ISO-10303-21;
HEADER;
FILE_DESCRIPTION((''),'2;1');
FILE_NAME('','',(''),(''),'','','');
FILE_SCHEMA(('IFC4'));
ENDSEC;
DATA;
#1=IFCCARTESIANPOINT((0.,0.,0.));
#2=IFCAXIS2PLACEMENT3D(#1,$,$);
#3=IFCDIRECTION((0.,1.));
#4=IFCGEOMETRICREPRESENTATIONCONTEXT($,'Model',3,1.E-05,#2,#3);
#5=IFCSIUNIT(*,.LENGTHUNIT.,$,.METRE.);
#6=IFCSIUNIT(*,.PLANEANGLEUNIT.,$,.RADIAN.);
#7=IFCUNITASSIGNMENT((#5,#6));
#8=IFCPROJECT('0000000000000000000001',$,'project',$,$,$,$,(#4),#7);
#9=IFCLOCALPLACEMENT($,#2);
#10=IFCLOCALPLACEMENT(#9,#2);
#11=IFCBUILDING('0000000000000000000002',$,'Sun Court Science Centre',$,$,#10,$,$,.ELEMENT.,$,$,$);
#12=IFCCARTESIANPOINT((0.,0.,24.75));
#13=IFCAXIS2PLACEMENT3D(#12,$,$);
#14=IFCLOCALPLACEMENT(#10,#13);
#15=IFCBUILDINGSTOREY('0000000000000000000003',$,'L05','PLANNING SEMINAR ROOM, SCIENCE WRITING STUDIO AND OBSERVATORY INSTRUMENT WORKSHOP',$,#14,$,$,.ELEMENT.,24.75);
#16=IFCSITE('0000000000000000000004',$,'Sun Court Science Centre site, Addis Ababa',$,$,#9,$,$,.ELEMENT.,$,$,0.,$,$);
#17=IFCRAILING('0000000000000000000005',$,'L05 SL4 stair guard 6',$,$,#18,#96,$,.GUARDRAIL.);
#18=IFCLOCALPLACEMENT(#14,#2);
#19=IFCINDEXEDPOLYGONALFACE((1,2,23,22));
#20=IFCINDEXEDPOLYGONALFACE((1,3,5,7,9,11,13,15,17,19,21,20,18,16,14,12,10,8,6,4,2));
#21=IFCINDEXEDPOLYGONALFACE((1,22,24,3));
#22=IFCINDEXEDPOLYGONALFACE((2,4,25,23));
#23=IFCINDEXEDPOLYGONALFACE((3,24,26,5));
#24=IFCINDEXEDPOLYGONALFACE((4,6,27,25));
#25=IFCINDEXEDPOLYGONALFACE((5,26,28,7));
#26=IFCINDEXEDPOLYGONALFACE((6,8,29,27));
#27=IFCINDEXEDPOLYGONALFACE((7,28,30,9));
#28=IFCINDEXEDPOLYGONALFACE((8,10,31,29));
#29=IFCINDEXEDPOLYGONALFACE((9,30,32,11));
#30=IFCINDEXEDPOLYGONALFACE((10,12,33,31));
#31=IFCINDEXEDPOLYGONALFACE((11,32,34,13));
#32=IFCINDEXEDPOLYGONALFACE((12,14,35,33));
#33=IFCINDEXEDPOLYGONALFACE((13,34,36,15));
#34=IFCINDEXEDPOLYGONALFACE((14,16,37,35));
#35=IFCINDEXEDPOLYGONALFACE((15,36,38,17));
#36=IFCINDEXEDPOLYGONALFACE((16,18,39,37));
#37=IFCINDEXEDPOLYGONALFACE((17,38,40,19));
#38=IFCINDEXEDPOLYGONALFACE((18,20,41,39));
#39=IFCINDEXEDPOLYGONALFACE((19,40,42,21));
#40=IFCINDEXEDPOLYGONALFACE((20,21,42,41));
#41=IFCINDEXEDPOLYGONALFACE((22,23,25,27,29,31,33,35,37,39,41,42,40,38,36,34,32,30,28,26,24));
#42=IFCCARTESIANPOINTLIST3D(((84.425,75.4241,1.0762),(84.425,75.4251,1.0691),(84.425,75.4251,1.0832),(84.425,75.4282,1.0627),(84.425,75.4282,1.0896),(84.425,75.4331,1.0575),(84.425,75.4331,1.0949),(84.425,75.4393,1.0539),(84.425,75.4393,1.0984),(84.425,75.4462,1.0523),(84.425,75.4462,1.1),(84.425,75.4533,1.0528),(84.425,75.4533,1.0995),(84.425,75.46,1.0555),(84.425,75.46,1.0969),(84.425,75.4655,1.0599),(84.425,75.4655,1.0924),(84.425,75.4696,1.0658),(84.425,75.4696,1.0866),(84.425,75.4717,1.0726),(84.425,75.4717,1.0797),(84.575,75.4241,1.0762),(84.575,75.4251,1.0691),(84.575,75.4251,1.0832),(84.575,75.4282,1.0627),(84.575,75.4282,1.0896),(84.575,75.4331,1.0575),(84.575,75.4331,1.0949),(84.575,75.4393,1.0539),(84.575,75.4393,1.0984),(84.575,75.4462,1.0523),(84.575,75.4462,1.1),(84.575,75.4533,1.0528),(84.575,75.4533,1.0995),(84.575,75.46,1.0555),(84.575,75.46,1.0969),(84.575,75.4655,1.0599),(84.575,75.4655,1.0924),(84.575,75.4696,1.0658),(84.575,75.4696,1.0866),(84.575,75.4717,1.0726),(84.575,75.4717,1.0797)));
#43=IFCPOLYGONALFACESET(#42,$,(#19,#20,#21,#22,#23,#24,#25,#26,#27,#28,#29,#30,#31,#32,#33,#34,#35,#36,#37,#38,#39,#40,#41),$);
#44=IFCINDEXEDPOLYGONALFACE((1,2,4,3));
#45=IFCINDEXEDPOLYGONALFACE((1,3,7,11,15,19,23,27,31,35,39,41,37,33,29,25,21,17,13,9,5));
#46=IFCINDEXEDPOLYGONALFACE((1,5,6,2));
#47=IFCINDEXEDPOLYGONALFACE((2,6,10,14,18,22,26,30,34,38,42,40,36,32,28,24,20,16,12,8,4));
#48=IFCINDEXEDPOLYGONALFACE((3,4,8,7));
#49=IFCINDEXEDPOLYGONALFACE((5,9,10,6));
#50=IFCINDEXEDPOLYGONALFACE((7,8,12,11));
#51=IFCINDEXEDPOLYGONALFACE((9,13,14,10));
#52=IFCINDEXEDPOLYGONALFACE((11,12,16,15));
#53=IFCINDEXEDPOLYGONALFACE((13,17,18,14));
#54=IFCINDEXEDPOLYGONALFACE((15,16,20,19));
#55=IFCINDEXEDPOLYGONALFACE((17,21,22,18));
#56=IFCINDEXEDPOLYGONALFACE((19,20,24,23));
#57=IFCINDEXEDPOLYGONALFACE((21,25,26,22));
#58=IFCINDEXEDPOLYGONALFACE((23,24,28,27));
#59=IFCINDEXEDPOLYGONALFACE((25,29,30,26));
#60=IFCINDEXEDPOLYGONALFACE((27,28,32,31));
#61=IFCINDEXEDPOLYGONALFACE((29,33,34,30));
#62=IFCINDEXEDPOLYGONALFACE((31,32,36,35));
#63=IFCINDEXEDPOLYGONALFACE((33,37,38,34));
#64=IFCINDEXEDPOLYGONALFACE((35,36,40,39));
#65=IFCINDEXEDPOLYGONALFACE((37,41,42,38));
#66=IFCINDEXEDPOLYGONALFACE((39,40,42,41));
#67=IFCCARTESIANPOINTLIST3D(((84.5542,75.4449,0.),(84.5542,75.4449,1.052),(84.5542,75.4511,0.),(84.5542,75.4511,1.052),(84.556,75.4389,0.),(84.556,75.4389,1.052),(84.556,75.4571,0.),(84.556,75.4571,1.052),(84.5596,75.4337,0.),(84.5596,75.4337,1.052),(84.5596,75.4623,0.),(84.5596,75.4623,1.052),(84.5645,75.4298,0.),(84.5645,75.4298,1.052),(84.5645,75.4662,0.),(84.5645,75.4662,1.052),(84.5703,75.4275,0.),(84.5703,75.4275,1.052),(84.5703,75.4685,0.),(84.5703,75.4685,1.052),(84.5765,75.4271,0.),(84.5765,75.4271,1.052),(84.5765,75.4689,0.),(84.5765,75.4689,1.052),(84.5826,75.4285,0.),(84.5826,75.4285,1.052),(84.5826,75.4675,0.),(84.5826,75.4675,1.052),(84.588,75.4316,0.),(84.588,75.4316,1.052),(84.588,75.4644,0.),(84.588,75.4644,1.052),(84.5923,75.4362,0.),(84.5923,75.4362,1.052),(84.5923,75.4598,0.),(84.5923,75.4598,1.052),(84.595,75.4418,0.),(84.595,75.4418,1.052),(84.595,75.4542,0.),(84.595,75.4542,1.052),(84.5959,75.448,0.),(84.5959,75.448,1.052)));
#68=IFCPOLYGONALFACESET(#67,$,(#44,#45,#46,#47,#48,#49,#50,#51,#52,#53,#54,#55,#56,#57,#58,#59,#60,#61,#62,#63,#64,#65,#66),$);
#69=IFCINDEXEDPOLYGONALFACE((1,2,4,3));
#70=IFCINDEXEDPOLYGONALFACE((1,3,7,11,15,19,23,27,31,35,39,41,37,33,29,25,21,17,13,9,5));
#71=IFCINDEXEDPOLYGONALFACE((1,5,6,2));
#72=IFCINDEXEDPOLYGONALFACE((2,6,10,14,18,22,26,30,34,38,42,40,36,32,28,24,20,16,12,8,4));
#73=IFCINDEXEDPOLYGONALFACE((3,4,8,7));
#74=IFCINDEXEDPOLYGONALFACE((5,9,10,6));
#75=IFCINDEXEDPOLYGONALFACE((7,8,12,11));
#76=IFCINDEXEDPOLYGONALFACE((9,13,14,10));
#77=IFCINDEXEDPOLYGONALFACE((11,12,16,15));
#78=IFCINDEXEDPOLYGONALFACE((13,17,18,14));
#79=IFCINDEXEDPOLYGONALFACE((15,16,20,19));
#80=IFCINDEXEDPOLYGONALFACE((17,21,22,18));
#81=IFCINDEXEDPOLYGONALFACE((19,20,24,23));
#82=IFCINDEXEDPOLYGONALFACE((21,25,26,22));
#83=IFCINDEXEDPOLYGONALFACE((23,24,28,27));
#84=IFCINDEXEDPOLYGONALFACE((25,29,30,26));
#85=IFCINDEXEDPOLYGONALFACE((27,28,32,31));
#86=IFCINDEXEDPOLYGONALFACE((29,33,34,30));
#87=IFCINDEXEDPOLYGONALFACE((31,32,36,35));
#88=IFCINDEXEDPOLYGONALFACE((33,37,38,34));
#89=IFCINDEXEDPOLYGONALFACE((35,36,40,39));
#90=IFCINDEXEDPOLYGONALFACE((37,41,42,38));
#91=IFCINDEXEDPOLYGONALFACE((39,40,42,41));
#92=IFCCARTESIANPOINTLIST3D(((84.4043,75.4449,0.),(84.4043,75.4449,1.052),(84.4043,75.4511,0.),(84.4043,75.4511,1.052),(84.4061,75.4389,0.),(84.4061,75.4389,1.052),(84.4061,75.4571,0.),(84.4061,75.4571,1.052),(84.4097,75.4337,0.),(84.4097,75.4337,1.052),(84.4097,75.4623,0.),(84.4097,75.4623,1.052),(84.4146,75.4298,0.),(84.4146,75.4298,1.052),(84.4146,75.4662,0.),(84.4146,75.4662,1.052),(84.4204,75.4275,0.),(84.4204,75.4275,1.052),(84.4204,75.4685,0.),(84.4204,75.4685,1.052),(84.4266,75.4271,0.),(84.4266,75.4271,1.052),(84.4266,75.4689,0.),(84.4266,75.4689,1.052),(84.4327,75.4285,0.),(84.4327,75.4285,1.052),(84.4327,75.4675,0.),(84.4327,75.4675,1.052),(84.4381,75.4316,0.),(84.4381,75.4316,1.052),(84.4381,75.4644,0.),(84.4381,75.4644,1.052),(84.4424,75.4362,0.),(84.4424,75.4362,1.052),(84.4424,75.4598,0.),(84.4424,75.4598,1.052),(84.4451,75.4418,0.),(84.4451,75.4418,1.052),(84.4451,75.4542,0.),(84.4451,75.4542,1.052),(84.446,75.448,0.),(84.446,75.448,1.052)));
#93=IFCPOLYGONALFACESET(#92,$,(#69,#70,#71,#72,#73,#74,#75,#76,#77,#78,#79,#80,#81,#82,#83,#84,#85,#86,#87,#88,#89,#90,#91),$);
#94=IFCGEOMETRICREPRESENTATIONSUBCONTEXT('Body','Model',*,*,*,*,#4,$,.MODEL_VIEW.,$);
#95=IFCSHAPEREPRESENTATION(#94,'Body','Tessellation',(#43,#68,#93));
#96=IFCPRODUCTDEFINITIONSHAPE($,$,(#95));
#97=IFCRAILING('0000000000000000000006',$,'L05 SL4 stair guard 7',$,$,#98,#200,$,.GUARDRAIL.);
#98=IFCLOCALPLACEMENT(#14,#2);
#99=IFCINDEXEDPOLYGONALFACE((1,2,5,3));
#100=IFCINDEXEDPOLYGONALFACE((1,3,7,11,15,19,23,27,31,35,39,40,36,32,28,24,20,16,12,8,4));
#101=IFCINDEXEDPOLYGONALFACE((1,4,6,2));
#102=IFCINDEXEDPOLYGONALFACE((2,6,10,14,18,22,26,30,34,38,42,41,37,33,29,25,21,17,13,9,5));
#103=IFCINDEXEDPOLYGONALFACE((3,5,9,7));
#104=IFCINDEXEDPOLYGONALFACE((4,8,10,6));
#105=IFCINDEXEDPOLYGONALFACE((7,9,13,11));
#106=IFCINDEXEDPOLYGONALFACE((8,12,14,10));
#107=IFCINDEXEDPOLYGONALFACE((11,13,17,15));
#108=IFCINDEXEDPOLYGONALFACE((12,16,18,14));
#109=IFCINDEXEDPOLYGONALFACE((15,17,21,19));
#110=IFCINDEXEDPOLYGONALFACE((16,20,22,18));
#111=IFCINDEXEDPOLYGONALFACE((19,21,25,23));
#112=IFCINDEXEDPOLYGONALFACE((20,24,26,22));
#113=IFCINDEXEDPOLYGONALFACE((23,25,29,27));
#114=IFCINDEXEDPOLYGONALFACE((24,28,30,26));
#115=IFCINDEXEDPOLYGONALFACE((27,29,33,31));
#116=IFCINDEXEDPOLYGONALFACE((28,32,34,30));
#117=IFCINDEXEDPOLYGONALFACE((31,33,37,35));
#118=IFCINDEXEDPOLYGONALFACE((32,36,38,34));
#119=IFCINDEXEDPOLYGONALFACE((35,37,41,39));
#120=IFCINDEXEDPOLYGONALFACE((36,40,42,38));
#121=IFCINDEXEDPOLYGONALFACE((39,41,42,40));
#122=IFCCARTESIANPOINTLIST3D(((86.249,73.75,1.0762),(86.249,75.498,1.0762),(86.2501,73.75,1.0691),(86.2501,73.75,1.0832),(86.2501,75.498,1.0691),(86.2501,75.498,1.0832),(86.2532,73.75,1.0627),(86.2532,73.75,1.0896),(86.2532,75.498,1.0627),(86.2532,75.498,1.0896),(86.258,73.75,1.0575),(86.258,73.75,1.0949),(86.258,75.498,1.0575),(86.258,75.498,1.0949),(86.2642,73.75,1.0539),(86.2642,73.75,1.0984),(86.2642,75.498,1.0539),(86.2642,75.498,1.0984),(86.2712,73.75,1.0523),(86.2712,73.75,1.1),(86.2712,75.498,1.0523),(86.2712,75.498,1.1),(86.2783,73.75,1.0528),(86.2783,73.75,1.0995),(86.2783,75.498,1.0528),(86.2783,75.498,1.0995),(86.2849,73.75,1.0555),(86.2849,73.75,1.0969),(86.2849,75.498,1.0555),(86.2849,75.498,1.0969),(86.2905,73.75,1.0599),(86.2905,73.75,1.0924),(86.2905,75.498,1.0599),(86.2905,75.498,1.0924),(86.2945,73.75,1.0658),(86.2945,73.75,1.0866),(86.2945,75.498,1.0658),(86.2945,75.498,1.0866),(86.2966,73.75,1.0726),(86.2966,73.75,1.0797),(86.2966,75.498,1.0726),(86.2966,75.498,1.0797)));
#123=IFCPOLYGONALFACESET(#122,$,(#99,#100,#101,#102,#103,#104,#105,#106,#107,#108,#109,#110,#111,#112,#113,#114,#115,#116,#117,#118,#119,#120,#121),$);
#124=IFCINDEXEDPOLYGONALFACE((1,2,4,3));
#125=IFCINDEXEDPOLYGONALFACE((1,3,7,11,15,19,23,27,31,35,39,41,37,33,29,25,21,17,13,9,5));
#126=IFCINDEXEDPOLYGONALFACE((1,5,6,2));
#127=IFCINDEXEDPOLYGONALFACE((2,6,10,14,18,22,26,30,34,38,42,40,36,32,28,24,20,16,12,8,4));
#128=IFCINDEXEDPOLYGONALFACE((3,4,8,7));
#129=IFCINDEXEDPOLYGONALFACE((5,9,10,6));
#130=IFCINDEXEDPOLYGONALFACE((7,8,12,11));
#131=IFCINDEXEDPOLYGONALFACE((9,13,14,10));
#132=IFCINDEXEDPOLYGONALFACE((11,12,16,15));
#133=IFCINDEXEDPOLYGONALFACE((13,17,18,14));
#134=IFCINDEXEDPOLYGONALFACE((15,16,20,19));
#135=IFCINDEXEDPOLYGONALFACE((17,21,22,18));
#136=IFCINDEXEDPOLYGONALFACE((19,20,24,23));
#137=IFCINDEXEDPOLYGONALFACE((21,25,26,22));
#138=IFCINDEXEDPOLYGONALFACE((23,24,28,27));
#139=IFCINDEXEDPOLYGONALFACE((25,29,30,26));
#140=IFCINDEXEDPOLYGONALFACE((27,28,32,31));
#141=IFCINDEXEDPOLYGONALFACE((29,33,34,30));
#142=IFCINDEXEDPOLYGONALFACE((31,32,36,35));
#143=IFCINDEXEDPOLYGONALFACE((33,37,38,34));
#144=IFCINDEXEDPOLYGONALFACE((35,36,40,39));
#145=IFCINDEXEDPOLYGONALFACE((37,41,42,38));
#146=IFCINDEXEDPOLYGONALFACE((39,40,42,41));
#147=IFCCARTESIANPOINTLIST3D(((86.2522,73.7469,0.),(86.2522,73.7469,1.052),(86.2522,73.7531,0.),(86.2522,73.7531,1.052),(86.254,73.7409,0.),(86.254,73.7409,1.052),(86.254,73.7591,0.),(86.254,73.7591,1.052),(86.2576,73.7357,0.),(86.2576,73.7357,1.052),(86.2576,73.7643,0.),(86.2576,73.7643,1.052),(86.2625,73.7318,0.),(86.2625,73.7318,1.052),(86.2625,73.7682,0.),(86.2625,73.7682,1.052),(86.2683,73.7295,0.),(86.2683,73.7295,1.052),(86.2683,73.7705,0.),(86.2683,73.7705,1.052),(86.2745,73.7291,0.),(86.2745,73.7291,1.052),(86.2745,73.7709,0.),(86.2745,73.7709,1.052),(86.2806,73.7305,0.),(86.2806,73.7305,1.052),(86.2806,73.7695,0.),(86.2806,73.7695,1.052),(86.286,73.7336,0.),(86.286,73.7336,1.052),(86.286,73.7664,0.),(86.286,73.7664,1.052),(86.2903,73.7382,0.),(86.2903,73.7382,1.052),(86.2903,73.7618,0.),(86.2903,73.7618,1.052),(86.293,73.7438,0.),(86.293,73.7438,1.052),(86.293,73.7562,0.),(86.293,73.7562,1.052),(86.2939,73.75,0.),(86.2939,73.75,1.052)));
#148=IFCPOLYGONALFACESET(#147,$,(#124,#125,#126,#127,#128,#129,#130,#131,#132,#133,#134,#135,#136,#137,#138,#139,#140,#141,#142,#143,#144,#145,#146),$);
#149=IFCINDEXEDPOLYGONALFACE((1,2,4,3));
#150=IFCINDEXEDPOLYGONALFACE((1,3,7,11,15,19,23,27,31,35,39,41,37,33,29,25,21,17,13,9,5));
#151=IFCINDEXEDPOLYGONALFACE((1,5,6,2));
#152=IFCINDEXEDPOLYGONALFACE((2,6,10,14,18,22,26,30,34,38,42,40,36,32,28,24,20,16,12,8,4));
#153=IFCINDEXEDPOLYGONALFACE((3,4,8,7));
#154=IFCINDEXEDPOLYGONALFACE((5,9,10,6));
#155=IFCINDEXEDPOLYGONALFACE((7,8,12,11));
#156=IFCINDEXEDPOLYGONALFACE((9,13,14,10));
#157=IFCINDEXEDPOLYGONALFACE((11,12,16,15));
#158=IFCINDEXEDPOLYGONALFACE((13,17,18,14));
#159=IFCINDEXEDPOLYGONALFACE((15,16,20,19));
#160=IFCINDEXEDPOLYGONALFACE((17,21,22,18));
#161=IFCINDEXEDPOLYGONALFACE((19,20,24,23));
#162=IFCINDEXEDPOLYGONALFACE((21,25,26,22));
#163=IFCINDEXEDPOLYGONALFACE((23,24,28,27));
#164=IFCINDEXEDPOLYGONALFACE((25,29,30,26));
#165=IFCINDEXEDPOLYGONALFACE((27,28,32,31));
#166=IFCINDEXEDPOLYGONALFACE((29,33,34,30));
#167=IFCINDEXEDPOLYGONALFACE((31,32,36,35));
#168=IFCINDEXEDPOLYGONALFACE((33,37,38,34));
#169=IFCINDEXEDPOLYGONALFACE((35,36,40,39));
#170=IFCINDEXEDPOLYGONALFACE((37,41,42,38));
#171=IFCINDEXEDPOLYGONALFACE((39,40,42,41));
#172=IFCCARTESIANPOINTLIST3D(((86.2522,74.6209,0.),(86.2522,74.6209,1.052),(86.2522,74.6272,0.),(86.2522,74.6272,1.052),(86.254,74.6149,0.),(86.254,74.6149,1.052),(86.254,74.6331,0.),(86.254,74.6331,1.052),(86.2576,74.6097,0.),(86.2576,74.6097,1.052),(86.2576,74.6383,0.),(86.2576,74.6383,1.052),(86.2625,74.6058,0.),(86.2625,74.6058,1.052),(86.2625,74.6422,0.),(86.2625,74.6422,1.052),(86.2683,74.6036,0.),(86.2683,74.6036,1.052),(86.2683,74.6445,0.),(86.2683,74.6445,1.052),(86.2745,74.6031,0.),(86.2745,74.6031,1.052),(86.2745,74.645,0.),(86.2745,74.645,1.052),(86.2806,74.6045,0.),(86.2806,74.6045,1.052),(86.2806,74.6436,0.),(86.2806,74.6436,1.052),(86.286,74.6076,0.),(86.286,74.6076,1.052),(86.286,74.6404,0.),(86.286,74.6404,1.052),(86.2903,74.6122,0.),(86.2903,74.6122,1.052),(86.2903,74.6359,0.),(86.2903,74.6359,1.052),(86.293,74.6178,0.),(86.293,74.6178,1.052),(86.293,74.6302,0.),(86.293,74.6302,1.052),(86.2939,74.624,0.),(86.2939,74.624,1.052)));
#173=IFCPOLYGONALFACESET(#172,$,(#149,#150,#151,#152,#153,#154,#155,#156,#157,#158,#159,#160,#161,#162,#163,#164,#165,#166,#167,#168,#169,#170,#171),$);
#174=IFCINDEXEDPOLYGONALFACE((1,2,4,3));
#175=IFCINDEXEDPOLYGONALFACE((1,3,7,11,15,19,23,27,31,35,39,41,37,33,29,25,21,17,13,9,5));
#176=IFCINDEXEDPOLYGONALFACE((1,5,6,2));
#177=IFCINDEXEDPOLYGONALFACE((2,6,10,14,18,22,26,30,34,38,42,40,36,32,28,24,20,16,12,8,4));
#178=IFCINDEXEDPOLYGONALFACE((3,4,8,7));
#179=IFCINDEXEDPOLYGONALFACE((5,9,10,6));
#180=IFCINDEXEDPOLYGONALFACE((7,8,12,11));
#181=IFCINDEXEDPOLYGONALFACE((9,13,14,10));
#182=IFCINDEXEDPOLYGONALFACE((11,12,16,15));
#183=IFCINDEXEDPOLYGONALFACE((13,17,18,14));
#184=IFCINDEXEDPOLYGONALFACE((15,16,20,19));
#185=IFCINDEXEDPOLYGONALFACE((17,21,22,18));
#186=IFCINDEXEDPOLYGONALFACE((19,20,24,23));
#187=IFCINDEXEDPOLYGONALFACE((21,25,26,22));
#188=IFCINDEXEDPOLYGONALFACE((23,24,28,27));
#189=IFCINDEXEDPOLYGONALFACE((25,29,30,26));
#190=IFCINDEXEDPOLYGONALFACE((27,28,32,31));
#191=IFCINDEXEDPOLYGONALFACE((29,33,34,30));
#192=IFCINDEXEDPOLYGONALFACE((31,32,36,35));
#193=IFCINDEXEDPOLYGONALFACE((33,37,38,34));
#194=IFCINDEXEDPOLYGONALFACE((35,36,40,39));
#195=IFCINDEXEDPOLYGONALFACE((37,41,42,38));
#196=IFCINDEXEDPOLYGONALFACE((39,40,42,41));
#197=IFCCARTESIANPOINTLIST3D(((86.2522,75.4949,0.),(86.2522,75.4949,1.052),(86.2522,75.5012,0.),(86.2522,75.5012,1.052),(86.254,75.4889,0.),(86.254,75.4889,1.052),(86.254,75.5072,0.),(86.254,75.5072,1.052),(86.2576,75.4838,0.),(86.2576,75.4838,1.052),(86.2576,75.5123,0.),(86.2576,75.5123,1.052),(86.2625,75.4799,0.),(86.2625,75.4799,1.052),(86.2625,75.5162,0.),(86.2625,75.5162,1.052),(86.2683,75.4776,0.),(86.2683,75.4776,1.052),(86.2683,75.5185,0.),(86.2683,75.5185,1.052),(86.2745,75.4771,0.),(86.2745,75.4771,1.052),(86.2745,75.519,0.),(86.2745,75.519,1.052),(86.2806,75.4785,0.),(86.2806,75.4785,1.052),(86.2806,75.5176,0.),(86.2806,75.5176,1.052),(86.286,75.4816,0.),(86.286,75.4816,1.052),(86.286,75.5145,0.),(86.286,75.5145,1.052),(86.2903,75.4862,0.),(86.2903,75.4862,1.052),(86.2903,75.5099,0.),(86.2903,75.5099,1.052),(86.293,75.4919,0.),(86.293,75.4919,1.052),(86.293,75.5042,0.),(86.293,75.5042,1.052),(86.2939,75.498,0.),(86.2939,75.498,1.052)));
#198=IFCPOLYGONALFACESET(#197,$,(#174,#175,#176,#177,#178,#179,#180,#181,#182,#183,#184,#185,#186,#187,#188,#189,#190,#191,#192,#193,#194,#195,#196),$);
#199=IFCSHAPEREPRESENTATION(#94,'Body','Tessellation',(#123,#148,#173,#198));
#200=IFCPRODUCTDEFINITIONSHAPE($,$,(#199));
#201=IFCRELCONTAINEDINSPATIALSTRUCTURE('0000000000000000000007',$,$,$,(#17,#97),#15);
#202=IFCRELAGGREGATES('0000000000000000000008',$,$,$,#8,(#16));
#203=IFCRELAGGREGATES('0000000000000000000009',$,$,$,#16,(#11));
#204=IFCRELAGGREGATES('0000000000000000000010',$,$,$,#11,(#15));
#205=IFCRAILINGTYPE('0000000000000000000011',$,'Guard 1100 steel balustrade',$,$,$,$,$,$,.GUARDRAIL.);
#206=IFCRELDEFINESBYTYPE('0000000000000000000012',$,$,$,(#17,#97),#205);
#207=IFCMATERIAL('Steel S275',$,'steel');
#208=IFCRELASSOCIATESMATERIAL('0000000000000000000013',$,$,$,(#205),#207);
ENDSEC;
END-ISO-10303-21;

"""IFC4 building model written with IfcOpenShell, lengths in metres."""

from ifc_helpers import new_model, si_unit, direction, frame, origin, origin_2d, place, context, subcontext, project, spatial, circle, extrude, material, type_object, element, save


model = new_model("IFC4")

# Units and contexts
model_context = context("Model", 3, precision=1e-05, world=origin(), true_north=direction((0.0, 1.0)))
body_context = subcontext(model_context, "Body", "Model", "MODEL_VIEW")
ifc_project = project(units=[si_unit("LENGTHUNIT", "METRE"), si_unit("PLANEANGLEUNIT", "RADIAN")], contexts=[model_context])

# Site, building, storey
site_placement = place(None, origin())
site = spatial("IfcSite", under=ifc_project, at=site_placement, Name="Sun Court Science Centre site, Addis Ababa", CompositionType="ELEMENT", RefElevation=0.0)
building_placement = place(site_placement, origin())
building = spatial("IfcBuilding", under=site, at=building_placement, Name="Sun Court Science Centre", CompositionType="ELEMENT")
storey_placement = place(building_placement, frame((0.0, 0.0, 24.75)))
storey = spatial("IfcBuildingStorey", under=building, at=storey_placement, Name="L05", Description="PLANNING SEMINAR ROOM, SCIENCE WRITING STUDIO AND OBSERVATORY INSTRUMENT WORKSHOP", CompositionType="ELEMENT", Elevation=24.75)

# Railings
ifc_material_1 = material(Name="Steel S275", Category="steel")
railing_type_1 = type_object("IfcRailingType", Name="Guard 1100 steel balustrade", PredefinedType="GUARDRAIL", material=ifc_material_1)
railing_1_placement = place(storey_placement, frame((84.575, 75.448, 0.0)))
element("IfcRailing", 1, at=railing_1_placement, inside=storey, type_object=railing_type_1, Name="L05 SL4 stair guard 6", PredefinedType="GUARDRAIL", context=body_context, shape_type="SweptSolid", body=[
    extrude(circle(Radius=0.0239, at=origin_2d()), frame((0.0, 0.0, 1.0762), z_axis=(-1.0, 0.0, 0.0), x_axis=(0.0, -1.0, 0.0)), (0.0, 0.0, 1.0), 0.1499),
    extrude(circle(Radius=0.021, at=origin_2d()), origin(), (0.0, 0.0, 1.0), 1.052),
    extrude(circle(Radius=0.021, at=origin_2d()), frame((-0.1499, 0.0, 0.0)), (0.0, 0.0, 1.0), 1.052),
])
for number, where, name in (
    (2, (86.2729, 73.75, 0.0), "L05 SL4 stair guard 7"),
):
    element("IfcRailing", number, at=place(storey_placement, frame(where)), inside=storey, type_object=railing_type_1, Name=name, PredefinedType="GUARDRAIL", context=body_context, shape_type="SweptSolid", body=[
        extrude(circle(Radius=0.0239, at=origin_2d()), frame((0.0, 0.0, 1.0762), z_axis=(0.0, 1.0, 0.0), x_axis=(-1.0, 0.0, 0.0)), (0.0, 0.0, 1.0), 1.748),
        extrude(circle(Radius=0.021, at=origin_2d()), origin(), (0.0, 0.0, 1.0), 1.052),
        extrude(circle(Radius=0.021, at=origin_2d()), frame((0.0, 0.874, 0.0)), (0.0, 0.0, 1.0), 1.052),
        extrude(circle(Radius=0.021, at=origin_2d()), frame((0.0, 1.748, 0.0)), (0.0, 0.0, 1.0), 1.052),
    ])

save(model, "model.ifc")
